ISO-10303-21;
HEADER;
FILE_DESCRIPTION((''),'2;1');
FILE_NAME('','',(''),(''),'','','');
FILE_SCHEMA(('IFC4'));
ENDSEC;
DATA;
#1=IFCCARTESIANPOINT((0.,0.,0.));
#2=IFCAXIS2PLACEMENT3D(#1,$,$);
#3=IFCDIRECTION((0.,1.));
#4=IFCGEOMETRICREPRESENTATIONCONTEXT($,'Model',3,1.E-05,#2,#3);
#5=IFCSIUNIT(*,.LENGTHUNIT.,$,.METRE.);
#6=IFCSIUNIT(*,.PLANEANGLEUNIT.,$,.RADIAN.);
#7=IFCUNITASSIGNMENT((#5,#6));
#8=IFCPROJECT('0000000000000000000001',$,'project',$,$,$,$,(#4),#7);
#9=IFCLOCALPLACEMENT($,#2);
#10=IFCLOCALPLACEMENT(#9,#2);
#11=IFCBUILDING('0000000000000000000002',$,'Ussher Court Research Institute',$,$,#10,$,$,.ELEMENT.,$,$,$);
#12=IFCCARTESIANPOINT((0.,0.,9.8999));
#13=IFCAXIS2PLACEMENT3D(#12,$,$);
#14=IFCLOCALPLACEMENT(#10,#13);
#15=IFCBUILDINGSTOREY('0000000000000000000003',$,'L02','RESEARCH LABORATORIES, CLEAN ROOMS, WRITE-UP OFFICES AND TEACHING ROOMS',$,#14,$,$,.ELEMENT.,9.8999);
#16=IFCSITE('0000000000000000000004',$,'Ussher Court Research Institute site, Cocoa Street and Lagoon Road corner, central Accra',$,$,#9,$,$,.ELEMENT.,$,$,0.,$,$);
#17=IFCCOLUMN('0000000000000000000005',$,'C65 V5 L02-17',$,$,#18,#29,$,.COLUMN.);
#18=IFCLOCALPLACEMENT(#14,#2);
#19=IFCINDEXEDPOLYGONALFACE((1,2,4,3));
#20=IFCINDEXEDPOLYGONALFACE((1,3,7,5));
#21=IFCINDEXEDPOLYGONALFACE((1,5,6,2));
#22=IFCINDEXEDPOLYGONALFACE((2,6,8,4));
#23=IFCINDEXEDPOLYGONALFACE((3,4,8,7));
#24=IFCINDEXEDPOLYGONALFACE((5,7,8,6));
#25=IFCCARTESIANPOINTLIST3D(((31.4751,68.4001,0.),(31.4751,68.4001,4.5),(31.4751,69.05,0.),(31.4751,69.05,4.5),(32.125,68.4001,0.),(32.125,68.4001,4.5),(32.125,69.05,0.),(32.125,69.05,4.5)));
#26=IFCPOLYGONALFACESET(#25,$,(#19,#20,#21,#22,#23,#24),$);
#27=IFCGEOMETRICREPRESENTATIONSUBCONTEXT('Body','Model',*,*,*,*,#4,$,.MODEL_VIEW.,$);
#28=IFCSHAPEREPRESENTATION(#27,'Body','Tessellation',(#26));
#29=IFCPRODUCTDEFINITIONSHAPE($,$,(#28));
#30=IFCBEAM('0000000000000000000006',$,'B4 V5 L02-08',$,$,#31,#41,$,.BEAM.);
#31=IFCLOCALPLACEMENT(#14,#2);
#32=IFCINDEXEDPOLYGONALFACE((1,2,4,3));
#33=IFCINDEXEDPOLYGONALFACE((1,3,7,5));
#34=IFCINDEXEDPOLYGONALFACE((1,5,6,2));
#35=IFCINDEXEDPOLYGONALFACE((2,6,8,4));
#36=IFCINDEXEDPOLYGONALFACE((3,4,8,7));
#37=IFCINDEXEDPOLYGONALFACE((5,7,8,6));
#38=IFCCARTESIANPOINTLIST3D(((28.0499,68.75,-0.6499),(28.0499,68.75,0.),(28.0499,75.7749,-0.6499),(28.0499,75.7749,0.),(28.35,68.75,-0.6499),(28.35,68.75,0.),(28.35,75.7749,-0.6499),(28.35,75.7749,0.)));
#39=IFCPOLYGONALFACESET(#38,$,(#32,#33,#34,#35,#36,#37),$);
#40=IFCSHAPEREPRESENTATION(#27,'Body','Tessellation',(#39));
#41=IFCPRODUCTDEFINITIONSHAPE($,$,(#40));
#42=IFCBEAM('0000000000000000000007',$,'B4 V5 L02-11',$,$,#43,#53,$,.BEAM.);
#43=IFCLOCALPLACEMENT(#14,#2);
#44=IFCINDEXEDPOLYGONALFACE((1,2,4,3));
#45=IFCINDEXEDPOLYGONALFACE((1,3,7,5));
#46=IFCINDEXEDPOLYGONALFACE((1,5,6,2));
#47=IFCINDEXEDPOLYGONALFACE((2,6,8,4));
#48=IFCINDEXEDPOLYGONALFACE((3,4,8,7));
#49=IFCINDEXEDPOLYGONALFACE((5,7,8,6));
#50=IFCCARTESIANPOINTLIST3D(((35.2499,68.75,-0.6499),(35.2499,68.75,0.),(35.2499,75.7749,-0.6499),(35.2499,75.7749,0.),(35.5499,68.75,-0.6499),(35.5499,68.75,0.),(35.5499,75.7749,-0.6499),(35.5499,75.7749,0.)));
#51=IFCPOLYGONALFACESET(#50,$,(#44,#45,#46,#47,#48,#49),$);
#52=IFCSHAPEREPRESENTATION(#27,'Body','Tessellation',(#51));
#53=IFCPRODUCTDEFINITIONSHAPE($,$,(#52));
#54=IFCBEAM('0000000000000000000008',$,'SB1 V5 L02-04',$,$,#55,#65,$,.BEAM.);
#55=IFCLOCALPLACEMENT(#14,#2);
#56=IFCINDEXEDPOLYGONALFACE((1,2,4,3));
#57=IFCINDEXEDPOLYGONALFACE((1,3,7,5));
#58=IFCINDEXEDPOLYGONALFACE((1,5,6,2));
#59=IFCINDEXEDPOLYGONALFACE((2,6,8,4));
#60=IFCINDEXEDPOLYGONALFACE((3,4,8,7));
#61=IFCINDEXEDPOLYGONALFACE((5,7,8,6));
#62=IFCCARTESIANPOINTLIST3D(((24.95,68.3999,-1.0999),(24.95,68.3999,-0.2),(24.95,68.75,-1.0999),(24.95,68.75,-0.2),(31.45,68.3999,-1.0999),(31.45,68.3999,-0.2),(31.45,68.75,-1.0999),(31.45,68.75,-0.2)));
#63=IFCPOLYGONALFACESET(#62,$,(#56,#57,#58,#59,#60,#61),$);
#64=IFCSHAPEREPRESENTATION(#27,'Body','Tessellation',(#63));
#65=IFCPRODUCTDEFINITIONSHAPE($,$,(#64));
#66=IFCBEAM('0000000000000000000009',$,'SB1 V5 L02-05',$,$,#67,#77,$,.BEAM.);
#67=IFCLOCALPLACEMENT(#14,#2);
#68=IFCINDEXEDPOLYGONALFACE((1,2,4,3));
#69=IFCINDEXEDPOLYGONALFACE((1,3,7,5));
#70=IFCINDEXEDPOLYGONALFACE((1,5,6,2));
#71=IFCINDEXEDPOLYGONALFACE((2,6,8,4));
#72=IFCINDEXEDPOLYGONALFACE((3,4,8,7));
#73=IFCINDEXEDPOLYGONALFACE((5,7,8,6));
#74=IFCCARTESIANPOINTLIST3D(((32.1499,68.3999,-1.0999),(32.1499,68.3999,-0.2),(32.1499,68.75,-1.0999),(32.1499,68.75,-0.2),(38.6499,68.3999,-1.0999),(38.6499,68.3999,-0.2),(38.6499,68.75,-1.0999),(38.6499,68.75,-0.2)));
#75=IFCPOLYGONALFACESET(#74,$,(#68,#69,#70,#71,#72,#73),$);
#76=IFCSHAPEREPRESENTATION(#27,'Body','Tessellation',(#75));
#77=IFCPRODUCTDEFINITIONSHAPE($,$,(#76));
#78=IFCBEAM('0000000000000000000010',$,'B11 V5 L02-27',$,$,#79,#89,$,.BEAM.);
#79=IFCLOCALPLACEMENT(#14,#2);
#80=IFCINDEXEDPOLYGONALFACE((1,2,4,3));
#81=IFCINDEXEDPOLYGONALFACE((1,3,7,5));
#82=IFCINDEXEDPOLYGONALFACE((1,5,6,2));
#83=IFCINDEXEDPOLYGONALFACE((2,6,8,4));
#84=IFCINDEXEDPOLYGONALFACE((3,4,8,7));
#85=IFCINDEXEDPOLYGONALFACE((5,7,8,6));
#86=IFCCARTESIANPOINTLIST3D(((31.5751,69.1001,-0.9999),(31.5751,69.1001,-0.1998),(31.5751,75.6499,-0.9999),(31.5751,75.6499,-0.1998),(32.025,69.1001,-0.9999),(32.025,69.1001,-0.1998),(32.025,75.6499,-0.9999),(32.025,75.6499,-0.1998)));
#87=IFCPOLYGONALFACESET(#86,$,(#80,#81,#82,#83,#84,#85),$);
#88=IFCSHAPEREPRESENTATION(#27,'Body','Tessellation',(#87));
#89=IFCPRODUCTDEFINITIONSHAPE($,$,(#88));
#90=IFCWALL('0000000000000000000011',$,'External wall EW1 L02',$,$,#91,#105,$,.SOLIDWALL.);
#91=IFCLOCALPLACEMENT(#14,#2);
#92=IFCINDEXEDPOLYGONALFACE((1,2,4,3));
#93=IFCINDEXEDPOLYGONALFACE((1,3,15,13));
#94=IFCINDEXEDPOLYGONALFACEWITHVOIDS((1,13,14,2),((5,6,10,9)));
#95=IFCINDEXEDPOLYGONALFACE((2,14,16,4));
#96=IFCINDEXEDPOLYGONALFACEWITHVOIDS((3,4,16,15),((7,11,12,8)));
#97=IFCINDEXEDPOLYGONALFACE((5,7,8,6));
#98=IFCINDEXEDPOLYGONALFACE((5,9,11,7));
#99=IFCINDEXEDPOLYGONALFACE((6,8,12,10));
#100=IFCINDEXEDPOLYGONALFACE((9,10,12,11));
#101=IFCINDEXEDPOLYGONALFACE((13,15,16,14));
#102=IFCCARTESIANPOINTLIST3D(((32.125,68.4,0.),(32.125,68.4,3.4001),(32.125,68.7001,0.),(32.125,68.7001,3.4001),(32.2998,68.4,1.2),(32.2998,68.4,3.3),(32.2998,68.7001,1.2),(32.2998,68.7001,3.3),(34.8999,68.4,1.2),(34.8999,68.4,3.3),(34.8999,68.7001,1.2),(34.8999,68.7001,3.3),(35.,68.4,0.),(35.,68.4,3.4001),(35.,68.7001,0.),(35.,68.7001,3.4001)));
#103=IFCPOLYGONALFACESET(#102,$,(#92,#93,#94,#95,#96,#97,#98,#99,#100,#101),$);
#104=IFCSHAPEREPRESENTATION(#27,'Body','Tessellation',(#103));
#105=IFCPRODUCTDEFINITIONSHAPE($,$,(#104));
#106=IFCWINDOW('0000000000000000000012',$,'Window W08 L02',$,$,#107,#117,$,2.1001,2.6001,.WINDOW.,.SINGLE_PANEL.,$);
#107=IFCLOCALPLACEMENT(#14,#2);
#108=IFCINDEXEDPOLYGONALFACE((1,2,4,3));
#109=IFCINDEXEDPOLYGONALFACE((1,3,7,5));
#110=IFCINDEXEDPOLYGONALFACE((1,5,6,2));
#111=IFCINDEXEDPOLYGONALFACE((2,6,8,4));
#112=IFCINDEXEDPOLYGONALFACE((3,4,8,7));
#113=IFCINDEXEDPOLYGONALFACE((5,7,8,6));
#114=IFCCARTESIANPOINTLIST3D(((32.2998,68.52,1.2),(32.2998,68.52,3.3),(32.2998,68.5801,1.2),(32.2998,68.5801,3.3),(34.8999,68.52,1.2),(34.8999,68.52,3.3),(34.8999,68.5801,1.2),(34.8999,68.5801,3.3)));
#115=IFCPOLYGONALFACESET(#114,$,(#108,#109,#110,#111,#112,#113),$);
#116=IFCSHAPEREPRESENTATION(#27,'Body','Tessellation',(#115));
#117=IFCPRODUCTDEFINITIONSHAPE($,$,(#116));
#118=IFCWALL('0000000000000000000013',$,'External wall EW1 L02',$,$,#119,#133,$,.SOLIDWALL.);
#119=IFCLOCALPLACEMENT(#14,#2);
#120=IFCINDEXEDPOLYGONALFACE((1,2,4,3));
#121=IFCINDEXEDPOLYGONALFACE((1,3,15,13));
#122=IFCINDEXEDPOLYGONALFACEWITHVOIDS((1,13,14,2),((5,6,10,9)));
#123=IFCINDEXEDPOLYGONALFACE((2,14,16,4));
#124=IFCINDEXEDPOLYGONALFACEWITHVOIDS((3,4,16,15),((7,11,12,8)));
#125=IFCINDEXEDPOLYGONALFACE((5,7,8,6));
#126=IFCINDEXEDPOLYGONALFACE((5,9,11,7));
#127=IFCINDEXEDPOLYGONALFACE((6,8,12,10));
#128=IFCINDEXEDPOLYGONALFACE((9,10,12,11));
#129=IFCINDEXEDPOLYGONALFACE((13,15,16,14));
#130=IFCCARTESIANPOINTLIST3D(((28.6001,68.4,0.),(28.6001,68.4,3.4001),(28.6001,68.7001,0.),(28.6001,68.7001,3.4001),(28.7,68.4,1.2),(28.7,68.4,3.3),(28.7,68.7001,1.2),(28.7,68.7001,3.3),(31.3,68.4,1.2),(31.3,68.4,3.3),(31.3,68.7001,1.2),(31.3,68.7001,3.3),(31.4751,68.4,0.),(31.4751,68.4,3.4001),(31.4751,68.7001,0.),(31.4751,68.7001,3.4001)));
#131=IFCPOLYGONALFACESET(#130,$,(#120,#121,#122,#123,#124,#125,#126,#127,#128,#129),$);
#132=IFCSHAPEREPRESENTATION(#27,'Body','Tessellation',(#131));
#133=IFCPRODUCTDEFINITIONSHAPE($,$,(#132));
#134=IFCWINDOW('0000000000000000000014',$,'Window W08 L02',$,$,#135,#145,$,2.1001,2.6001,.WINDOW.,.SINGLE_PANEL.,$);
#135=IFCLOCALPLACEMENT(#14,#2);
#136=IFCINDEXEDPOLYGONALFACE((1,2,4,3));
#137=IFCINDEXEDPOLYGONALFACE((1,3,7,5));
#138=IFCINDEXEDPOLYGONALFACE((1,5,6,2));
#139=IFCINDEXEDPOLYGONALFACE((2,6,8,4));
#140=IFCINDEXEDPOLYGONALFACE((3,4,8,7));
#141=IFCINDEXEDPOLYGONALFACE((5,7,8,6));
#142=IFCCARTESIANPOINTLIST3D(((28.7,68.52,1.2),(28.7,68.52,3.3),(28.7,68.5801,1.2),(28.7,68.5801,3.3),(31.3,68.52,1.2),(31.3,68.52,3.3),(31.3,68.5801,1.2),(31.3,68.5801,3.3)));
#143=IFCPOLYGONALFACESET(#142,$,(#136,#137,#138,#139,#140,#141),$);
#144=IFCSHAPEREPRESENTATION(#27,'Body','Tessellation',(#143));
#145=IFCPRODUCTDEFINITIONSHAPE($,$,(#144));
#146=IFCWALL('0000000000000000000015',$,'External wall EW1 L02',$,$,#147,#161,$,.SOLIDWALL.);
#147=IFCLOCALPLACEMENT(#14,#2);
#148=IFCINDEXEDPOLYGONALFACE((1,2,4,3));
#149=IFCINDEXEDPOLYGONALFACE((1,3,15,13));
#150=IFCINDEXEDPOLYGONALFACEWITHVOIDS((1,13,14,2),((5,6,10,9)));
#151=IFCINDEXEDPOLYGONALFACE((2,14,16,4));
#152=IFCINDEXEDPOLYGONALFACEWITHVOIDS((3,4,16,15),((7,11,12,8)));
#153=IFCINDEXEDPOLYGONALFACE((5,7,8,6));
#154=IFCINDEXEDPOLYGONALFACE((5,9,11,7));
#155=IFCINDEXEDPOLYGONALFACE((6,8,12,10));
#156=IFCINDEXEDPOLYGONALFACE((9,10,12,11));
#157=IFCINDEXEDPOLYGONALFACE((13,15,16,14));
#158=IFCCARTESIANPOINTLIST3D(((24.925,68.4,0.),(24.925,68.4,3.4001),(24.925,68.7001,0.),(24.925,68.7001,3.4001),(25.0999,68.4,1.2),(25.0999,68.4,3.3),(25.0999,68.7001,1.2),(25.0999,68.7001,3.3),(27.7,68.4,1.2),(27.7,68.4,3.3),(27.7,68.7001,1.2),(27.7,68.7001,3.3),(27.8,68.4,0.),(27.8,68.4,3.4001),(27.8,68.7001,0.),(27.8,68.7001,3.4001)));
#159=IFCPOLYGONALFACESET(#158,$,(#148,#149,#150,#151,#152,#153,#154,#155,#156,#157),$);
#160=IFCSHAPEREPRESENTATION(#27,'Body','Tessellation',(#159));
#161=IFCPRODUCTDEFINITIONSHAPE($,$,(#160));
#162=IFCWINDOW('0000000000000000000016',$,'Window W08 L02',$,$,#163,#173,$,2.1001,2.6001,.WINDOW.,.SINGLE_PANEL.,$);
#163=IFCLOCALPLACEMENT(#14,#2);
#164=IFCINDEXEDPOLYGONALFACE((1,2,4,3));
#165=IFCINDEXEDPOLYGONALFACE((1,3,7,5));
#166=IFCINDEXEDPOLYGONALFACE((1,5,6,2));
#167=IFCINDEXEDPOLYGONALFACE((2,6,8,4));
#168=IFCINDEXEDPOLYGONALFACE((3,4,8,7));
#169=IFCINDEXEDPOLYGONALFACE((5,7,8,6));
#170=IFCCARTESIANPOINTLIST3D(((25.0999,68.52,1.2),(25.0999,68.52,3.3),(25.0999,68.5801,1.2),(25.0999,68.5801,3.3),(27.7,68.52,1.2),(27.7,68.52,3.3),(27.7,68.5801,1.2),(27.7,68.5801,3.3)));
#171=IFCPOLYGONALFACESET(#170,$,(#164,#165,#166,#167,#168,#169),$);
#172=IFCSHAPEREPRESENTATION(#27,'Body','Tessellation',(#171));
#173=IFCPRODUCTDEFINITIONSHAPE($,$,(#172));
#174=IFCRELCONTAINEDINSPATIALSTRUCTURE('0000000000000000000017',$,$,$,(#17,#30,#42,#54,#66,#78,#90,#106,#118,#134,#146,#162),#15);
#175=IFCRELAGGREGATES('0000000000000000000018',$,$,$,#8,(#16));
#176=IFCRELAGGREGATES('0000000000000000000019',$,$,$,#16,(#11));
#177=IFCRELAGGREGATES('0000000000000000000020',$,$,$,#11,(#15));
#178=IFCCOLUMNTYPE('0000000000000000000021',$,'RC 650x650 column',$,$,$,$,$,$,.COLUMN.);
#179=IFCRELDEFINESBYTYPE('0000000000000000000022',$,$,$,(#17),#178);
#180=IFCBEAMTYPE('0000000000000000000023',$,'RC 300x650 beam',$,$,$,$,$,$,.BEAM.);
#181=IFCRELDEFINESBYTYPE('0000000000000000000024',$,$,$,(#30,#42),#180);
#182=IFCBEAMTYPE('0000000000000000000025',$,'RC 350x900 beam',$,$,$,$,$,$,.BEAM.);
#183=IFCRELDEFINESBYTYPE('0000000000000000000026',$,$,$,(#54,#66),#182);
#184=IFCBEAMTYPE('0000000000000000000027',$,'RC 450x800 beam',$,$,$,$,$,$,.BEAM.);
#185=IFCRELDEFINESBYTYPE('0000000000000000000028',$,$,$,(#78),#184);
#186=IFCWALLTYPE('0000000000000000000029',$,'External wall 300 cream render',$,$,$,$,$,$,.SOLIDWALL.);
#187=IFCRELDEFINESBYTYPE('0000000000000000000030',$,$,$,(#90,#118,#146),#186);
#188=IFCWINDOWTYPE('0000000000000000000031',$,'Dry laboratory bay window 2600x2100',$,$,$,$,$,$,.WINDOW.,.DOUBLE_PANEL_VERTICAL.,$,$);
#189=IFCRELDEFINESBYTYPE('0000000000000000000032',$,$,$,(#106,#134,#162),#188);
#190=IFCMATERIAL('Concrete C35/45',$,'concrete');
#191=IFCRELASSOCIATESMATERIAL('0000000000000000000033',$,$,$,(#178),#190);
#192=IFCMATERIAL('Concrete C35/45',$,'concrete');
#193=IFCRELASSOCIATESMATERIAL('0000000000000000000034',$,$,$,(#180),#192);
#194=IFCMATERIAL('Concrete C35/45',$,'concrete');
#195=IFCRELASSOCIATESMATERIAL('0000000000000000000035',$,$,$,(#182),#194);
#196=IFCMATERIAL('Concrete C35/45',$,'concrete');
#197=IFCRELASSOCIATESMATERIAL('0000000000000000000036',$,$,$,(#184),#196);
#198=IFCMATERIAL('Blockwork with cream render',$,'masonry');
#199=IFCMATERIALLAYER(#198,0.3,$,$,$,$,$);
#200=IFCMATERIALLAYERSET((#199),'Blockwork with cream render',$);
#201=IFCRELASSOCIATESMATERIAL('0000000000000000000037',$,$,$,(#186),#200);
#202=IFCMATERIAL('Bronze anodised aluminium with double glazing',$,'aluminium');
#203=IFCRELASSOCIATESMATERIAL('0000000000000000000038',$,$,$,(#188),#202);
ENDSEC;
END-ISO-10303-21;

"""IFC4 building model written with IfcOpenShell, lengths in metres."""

from ifc_helpers import new_model, si_unit, direction, frame, frame_2d, origin, origin_2d, place, context, subcontext, project, spatial, rectangle, extrude, material, layer, layer_set, material_profile, profile_set, type_object, element, fill, save


model = new_model("IFC4")

# Units and contexts
model_context = context("Model", 3, precision=1e-05, world=origin(), true_north=direction((0.0, 1.0)))
body_context = subcontext(model_context, "Body", "Model", "MODEL_VIEW")
ifc_project = project(units=[si_unit("LENGTHUNIT", "METRE"), si_unit("PLANEANGLEUNIT", "RADIAN")], contexts=[model_context])

# Site, building, storey
site_placement = place(None, origin())
site = spatial("IfcSite", under=ifc_project, at=site_placement, Name="Ussher Court Research Institute site, Cocoa Street and Lagoon Road corner, central Accra", CompositionType="ELEMENT", RefElevation=0.0)
building_placement = place(site_placement, origin())
building = spatial("IfcBuilding", under=site, at=building_placement, Name="Ussher Court Research Institute", CompositionType="ELEMENT")
storey_placement = place(building_placement, frame((0.0, 0.0, 9.8999)))
storey = spatial("IfcBuildingStorey", under=building, at=storey_placement, Name="L02", Description="RESEARCH LABORATORIES, CLEAN ROOMS, WRITE-UP OFFICES AND TEACHING ROOMS", CompositionType="ELEMENT", Elevation=9.8999)

# Column
ifc_material_1 = material(Name="Concrete C35/45", Category="concrete")
ifc_material_profile_1 = material_profile(ifc_material_1, rectangle(XDim=0.6499, YDim=0.6499, at=origin_2d()), Name="RC 650x650")
ifc_profile_set_1 = profile_set([ifc_material_profile_1], Name="Concrete C35/45")
column_type = type_object("IfcColumnType", Name="RC 650x650 column", PredefinedType="COLUMN", material=ifc_profile_set_1)
column_placement = place(storey_placement, frame((31.8, 68.7251, 0.0), z_axis=(0.0, 0.0, 1.0), x_axis=(1.0, 0.0, 0.0)))
element("IfcColumn", 1, at=column_placement, inside=storey, type_object=column_type, Name="C65 V5 L02-17", PredefinedType="COLUMN", context=body_context, shape_type="SweptSolid", body=[
    extrude(rectangle(XDim=0.6499, YDim=0.6499, at=origin_2d()), origin(), (0.0, 0.0, 1.0), 4.5),
])

# Beams
ifc_material_2 = material(Name="Concrete C35/45", Category="concrete")
ifc_material_profile_2 = material_profile(ifc_material_2, rectangle(XDim=0.3, YDim=0.6499, at=origin_2d()), Name="RC 300x650")
ifc_profile_set_2 = profile_set([ifc_material_profile_2], Name="Concrete C35/45")
beam_type_1 = type_object("IfcBeamType", Name="RC 300x650 beam", PredefinedType="BEAM", material=ifc_profile_set_2)
for number, where, z_axis, x_axis, name in (
    (2, (28.2, 68.75, -0.325), (0.0, 1.0, 0.0), (-1.0, 0.0, 0.0), "B4 V5 L02-08"),
    (3, (35.3999, 68.75, -0.325), (0.0, 1.0, 0.0), (-1.0, 0.0, 0.0), "B4 V5 L02-11"),
):
    element("IfcBeam", number, at=place(storey_placement, frame(where, z_axis=z_axis, x_axis=x_axis)), inside=storey, type_object=beam_type_1, Name=name, PredefinedType="BEAM", context=body_context, shape_type="SweptSolid", body=[
        extrude(rectangle(XDim=0.3, YDim=0.6499, at=origin_2d()), origin(), (0.0, 0.0, 1.0), 7.0249),
    ])
ifc_material_3 = material(Name="Concrete C35/45", Category="concrete")
ifc_material_profile_3 = material_profile(ifc_material_3, rectangle(XDim=0.3501, YDim=0.8999, at=origin_2d()), Name="RC 350x900")
ifc_profile_set_3 = profile_set([ifc_material_profile_3], Name="Concrete C35/45")
beam_type_2 = type_object("IfcBeamType", Name="RC 350x900 beam", PredefinedType="BEAM", material=ifc_profile_set_3)
for number, where, z_axis, x_axis, name in (
    (4, (24.95, 68.575, -0.6499), (1.0, 0.0, 0.0), (0.0, 1.0, 0.0), "SB1 V5 L02-04"),
    (5, (32.1499, 68.575, -0.6499), (1.0, 0.0, 0.0), (0.0, 1.0, 0.0), "SB1 V5 L02-05"),
):
    element("IfcBeam", number, at=place(storey_placement, frame(where, z_axis=z_axis, x_axis=x_axis)), inside=storey, type_object=beam_type_2, Name=name, PredefinedType="BEAM", context=body_context, shape_type="SweptSolid", body=[
        extrude(rectangle(XDim=0.3501, YDim=0.8999, at=origin_2d()), origin(), (0.0, 0.0, 1.0), 6.5),
    ])
ifc_material_4 = material(Name="Concrete C35/45", Category="concrete")
ifc_material_profile_4 = material_profile(ifc_material_4, rectangle(XDim=0.45, YDim=0.8, at=origin_2d()), Name="RC 450x800")
ifc_profile_set_4 = profile_set([ifc_material_profile_4], Name="Concrete C35/45")
beam_type_3 = type_object("IfcBeamType", Name="RC 450x800 beam", PredefinedType="BEAM", material=ifc_profile_set_4)
beam_placement = place(storey_placement, frame((31.8, 69.1001, -0.5999), z_axis=(0.0, 1.0, 0.0), x_axis=(-1.0, 0.0, 0.0)))
element("IfcBeam", 6, at=beam_placement, inside=storey, type_object=beam_type_3, Name="B11 V5 L02-27", PredefinedType="BEAM", context=body_context, shape_type="SweptSolid", body=[
    extrude(rectangle(XDim=0.45, YDim=0.8, at=origin_2d()), origin(), (0.0, 0.0, 1.0), 6.5498),
])

# Walls, openings, windows
ifc_material_5 = material(Name="Blockwork with cream render", Category="masonry")
ifc_layer_1 = layer(ifc_material_5, 0.3)
ifc_layer_set_1 = layer_set([ifc_layer_1], Name="Blockwork with cream render")
wall_type_1 = type_object("IfcWallType", Name="External wall 300 cream render", PredefinedType="SOLIDWALL", material=ifc_layer_set_1)
wall_1_placement = place(storey_placement, frame((35.0, 68.55, 0.0), z_axis=(0.0, 0.0, 1.0), x_axis=(-1.0, 0.0, 0.0)))
wall_1 = element("IfcWall", 7, at=wall_1_placement, inside=storey, type_object=wall_type_1, Name="External wall EW1 L02", PredefinedType="SOLIDWALL", context=body_context, shape_type="SweptSolid", body=[
    extrude(rectangle(XDim=2.875, YDim=0.3, at=frame_2d((1.4375, 0.0))), origin(), (0.0, 0.0, 1.0), 3.4001),
])
opening_1_placement = place(wall_1_placement, frame((0.1001, 0.0, 1.2)))
opening_1 = element("IfcOpeningElement", 8, at=opening_1_placement, cuts=wall_1, PredefinedType="OPENING", context=body_context, shape_type="SweptSolid", body=[
    extrude(rectangle(XDim=2.6001, YDim=2.1001, at=frame_2d((1.3, 1.05))), frame((0.0, 0.1602, 0.0), z_axis=(0.0, -1.0, 0.0), x_axis=(1.0, 0.0, 0.0)), (0.0, 0.0, 1.0), 0.3201),
])
ifc_material_6 = material(Name="Bronze anodised aluminium with double glazing", Category="aluminium")
window_type = type_object("IfcWindowType", Name="Dry laboratory bay window 2600x2100", PartitioningType="DOUBLE_PANEL_VERTICAL", PredefinedType="WINDOW", material=ifc_material_6)
window_1_placement = place(opening_1_placement, origin())
window_1 = element("IfcWindow", 9, at=window_1_placement, inside=storey, type_object=window_type, Name="Window W08 L02", OverallHeight=2.1001, OverallWidth=2.6001, PartitioningType="SINGLE_PANEL", PredefinedType="WINDOW", context=body_context, shape_type="SweptSolid", body=[
    extrude(rectangle(XDim=2.6001, YDim=2.1001, at=frame_2d((1.3, 1.05))), frame((0.0, 0.03, 0.0), z_axis=(0.0, -1.0, 0.0), x_axis=(1.0, 0.0, 0.0)), (0.0, 0.0, 1.0), 0.0601),
])
fill(opening_1, window_1)
wall_2_placement = place(storey_placement, frame((31.4751, 68.55, 0.0), z_axis=(0.0, 0.0, 1.0), x_axis=(-1.0, 0.0, 0.0)))
wall_2 = element("IfcWall", 10, at=wall_2_placement, inside=storey, type_object=wall_type_1, Name="External wall EW1 L02", PredefinedType="SOLIDWALL", context=body_context, shape_type="SweptSolid", body=[
    extrude(rectangle(XDim=2.875, YDim=0.3, at=frame_2d((1.4375, 0.0))), origin(), (0.0, 0.0, 1.0), 3.4001),
])
opening_2_placement = place(wall_2_placement, frame((0.175, 0.0, 1.2)))
opening_2 = element("IfcOpeningElement", 11, at=opening_2_placement, cuts=wall_2, PredefinedType="OPENING", context=body_context, shape_type="SweptSolid", body=[
    extrude(rectangle(XDim=2.6001, YDim=2.1001, at=frame_2d((1.3, 1.05))), frame((0.0, 0.1602, 0.0), z_axis=(0.0, -1.0, 0.0), x_axis=(1.0, 0.0, 0.0)), (0.0, 0.0, 1.0), 0.3201),
])
window_2_placement = place(opening_2_placement, origin())
window_2 = element("IfcWindow", 12, at=window_2_placement, inside=storey, type_object=window_type, Name="Window W08 L02", OverallHeight=2.1001, OverallWidth=2.6001, PartitioningType="SINGLE_PANEL", PredefinedType="WINDOW", context=body_context, shape_type="SweptSolid", body=[
    extrude(rectangle(XDim=2.6001, YDim=2.1001, at=frame_2d((1.3, 1.05))), frame((0.0, 0.03, 0.0), z_axis=(0.0, -1.0, 0.0), x_axis=(1.0, 0.0, 0.0)), (0.0, 0.0, 1.0), 0.0601),
])
fill(opening_2, window_2)
wall_3_placement = place(storey_placement, frame((27.8, 68.55, 0.0), z_axis=(0.0, 0.0, 1.0), x_axis=(-1.0, 0.0, 0.0)))
wall_3 = element("IfcWall", 13, at=wall_3_placement, inside=storey, type_object=wall_type_1, Name="External wall EW1 L02", PredefinedType="SOLIDWALL", context=body_context, shape_type="SweptSolid", body=[
    extrude(rectangle(XDim=2.875, YDim=0.3, at=frame_2d((1.4375, 0.0))), origin(), (0.0, 0.0, 1.0), 3.4001),
])
opening_3_placement = place(wall_3_placement, frame((0.1001, 0.0, 1.2)))
opening_3 = element("IfcOpeningElement", 14, at=opening_3_placement, cuts=wall_3, PredefinedType="OPENING", context=body_context, shape_type="SweptSolid", body=[
    extrude(rectangle(XDim=2.6001, YDim=2.1001, at=frame_2d((1.3, 1.05))), frame((0.0, 0.1602, 0.0), z_axis=(0.0, -1.0, 0.0), x_axis=(1.0, 0.0, 0.0)), (0.0, 0.0, 1.0), 0.3201),
])
window_3_placement = place(opening_3_placement, origin())
window_3 = element("IfcWindow", 15, at=window_3_placement, inside=storey, type_object=window_type, Name="Window W08 L02", OverallHeight=2.1001, OverallWidth=2.6001, PartitioningType="SINGLE_PANEL", PredefinedType="WINDOW", context=body_context, shape_type="SweptSolid", body=[
    extrude(rectangle(XDim=2.6001, YDim=2.1001, at=frame_2d((1.3, 1.05))), frame((0.0, 0.03, 0.0), z_axis=(0.0, -1.0, 0.0), x_axis=(1.0, 0.0, 0.0)), (0.0, 0.0, 1.0), 0.0601),
])
fill(opening_3, window_3)

save(model, "model.ifc")
